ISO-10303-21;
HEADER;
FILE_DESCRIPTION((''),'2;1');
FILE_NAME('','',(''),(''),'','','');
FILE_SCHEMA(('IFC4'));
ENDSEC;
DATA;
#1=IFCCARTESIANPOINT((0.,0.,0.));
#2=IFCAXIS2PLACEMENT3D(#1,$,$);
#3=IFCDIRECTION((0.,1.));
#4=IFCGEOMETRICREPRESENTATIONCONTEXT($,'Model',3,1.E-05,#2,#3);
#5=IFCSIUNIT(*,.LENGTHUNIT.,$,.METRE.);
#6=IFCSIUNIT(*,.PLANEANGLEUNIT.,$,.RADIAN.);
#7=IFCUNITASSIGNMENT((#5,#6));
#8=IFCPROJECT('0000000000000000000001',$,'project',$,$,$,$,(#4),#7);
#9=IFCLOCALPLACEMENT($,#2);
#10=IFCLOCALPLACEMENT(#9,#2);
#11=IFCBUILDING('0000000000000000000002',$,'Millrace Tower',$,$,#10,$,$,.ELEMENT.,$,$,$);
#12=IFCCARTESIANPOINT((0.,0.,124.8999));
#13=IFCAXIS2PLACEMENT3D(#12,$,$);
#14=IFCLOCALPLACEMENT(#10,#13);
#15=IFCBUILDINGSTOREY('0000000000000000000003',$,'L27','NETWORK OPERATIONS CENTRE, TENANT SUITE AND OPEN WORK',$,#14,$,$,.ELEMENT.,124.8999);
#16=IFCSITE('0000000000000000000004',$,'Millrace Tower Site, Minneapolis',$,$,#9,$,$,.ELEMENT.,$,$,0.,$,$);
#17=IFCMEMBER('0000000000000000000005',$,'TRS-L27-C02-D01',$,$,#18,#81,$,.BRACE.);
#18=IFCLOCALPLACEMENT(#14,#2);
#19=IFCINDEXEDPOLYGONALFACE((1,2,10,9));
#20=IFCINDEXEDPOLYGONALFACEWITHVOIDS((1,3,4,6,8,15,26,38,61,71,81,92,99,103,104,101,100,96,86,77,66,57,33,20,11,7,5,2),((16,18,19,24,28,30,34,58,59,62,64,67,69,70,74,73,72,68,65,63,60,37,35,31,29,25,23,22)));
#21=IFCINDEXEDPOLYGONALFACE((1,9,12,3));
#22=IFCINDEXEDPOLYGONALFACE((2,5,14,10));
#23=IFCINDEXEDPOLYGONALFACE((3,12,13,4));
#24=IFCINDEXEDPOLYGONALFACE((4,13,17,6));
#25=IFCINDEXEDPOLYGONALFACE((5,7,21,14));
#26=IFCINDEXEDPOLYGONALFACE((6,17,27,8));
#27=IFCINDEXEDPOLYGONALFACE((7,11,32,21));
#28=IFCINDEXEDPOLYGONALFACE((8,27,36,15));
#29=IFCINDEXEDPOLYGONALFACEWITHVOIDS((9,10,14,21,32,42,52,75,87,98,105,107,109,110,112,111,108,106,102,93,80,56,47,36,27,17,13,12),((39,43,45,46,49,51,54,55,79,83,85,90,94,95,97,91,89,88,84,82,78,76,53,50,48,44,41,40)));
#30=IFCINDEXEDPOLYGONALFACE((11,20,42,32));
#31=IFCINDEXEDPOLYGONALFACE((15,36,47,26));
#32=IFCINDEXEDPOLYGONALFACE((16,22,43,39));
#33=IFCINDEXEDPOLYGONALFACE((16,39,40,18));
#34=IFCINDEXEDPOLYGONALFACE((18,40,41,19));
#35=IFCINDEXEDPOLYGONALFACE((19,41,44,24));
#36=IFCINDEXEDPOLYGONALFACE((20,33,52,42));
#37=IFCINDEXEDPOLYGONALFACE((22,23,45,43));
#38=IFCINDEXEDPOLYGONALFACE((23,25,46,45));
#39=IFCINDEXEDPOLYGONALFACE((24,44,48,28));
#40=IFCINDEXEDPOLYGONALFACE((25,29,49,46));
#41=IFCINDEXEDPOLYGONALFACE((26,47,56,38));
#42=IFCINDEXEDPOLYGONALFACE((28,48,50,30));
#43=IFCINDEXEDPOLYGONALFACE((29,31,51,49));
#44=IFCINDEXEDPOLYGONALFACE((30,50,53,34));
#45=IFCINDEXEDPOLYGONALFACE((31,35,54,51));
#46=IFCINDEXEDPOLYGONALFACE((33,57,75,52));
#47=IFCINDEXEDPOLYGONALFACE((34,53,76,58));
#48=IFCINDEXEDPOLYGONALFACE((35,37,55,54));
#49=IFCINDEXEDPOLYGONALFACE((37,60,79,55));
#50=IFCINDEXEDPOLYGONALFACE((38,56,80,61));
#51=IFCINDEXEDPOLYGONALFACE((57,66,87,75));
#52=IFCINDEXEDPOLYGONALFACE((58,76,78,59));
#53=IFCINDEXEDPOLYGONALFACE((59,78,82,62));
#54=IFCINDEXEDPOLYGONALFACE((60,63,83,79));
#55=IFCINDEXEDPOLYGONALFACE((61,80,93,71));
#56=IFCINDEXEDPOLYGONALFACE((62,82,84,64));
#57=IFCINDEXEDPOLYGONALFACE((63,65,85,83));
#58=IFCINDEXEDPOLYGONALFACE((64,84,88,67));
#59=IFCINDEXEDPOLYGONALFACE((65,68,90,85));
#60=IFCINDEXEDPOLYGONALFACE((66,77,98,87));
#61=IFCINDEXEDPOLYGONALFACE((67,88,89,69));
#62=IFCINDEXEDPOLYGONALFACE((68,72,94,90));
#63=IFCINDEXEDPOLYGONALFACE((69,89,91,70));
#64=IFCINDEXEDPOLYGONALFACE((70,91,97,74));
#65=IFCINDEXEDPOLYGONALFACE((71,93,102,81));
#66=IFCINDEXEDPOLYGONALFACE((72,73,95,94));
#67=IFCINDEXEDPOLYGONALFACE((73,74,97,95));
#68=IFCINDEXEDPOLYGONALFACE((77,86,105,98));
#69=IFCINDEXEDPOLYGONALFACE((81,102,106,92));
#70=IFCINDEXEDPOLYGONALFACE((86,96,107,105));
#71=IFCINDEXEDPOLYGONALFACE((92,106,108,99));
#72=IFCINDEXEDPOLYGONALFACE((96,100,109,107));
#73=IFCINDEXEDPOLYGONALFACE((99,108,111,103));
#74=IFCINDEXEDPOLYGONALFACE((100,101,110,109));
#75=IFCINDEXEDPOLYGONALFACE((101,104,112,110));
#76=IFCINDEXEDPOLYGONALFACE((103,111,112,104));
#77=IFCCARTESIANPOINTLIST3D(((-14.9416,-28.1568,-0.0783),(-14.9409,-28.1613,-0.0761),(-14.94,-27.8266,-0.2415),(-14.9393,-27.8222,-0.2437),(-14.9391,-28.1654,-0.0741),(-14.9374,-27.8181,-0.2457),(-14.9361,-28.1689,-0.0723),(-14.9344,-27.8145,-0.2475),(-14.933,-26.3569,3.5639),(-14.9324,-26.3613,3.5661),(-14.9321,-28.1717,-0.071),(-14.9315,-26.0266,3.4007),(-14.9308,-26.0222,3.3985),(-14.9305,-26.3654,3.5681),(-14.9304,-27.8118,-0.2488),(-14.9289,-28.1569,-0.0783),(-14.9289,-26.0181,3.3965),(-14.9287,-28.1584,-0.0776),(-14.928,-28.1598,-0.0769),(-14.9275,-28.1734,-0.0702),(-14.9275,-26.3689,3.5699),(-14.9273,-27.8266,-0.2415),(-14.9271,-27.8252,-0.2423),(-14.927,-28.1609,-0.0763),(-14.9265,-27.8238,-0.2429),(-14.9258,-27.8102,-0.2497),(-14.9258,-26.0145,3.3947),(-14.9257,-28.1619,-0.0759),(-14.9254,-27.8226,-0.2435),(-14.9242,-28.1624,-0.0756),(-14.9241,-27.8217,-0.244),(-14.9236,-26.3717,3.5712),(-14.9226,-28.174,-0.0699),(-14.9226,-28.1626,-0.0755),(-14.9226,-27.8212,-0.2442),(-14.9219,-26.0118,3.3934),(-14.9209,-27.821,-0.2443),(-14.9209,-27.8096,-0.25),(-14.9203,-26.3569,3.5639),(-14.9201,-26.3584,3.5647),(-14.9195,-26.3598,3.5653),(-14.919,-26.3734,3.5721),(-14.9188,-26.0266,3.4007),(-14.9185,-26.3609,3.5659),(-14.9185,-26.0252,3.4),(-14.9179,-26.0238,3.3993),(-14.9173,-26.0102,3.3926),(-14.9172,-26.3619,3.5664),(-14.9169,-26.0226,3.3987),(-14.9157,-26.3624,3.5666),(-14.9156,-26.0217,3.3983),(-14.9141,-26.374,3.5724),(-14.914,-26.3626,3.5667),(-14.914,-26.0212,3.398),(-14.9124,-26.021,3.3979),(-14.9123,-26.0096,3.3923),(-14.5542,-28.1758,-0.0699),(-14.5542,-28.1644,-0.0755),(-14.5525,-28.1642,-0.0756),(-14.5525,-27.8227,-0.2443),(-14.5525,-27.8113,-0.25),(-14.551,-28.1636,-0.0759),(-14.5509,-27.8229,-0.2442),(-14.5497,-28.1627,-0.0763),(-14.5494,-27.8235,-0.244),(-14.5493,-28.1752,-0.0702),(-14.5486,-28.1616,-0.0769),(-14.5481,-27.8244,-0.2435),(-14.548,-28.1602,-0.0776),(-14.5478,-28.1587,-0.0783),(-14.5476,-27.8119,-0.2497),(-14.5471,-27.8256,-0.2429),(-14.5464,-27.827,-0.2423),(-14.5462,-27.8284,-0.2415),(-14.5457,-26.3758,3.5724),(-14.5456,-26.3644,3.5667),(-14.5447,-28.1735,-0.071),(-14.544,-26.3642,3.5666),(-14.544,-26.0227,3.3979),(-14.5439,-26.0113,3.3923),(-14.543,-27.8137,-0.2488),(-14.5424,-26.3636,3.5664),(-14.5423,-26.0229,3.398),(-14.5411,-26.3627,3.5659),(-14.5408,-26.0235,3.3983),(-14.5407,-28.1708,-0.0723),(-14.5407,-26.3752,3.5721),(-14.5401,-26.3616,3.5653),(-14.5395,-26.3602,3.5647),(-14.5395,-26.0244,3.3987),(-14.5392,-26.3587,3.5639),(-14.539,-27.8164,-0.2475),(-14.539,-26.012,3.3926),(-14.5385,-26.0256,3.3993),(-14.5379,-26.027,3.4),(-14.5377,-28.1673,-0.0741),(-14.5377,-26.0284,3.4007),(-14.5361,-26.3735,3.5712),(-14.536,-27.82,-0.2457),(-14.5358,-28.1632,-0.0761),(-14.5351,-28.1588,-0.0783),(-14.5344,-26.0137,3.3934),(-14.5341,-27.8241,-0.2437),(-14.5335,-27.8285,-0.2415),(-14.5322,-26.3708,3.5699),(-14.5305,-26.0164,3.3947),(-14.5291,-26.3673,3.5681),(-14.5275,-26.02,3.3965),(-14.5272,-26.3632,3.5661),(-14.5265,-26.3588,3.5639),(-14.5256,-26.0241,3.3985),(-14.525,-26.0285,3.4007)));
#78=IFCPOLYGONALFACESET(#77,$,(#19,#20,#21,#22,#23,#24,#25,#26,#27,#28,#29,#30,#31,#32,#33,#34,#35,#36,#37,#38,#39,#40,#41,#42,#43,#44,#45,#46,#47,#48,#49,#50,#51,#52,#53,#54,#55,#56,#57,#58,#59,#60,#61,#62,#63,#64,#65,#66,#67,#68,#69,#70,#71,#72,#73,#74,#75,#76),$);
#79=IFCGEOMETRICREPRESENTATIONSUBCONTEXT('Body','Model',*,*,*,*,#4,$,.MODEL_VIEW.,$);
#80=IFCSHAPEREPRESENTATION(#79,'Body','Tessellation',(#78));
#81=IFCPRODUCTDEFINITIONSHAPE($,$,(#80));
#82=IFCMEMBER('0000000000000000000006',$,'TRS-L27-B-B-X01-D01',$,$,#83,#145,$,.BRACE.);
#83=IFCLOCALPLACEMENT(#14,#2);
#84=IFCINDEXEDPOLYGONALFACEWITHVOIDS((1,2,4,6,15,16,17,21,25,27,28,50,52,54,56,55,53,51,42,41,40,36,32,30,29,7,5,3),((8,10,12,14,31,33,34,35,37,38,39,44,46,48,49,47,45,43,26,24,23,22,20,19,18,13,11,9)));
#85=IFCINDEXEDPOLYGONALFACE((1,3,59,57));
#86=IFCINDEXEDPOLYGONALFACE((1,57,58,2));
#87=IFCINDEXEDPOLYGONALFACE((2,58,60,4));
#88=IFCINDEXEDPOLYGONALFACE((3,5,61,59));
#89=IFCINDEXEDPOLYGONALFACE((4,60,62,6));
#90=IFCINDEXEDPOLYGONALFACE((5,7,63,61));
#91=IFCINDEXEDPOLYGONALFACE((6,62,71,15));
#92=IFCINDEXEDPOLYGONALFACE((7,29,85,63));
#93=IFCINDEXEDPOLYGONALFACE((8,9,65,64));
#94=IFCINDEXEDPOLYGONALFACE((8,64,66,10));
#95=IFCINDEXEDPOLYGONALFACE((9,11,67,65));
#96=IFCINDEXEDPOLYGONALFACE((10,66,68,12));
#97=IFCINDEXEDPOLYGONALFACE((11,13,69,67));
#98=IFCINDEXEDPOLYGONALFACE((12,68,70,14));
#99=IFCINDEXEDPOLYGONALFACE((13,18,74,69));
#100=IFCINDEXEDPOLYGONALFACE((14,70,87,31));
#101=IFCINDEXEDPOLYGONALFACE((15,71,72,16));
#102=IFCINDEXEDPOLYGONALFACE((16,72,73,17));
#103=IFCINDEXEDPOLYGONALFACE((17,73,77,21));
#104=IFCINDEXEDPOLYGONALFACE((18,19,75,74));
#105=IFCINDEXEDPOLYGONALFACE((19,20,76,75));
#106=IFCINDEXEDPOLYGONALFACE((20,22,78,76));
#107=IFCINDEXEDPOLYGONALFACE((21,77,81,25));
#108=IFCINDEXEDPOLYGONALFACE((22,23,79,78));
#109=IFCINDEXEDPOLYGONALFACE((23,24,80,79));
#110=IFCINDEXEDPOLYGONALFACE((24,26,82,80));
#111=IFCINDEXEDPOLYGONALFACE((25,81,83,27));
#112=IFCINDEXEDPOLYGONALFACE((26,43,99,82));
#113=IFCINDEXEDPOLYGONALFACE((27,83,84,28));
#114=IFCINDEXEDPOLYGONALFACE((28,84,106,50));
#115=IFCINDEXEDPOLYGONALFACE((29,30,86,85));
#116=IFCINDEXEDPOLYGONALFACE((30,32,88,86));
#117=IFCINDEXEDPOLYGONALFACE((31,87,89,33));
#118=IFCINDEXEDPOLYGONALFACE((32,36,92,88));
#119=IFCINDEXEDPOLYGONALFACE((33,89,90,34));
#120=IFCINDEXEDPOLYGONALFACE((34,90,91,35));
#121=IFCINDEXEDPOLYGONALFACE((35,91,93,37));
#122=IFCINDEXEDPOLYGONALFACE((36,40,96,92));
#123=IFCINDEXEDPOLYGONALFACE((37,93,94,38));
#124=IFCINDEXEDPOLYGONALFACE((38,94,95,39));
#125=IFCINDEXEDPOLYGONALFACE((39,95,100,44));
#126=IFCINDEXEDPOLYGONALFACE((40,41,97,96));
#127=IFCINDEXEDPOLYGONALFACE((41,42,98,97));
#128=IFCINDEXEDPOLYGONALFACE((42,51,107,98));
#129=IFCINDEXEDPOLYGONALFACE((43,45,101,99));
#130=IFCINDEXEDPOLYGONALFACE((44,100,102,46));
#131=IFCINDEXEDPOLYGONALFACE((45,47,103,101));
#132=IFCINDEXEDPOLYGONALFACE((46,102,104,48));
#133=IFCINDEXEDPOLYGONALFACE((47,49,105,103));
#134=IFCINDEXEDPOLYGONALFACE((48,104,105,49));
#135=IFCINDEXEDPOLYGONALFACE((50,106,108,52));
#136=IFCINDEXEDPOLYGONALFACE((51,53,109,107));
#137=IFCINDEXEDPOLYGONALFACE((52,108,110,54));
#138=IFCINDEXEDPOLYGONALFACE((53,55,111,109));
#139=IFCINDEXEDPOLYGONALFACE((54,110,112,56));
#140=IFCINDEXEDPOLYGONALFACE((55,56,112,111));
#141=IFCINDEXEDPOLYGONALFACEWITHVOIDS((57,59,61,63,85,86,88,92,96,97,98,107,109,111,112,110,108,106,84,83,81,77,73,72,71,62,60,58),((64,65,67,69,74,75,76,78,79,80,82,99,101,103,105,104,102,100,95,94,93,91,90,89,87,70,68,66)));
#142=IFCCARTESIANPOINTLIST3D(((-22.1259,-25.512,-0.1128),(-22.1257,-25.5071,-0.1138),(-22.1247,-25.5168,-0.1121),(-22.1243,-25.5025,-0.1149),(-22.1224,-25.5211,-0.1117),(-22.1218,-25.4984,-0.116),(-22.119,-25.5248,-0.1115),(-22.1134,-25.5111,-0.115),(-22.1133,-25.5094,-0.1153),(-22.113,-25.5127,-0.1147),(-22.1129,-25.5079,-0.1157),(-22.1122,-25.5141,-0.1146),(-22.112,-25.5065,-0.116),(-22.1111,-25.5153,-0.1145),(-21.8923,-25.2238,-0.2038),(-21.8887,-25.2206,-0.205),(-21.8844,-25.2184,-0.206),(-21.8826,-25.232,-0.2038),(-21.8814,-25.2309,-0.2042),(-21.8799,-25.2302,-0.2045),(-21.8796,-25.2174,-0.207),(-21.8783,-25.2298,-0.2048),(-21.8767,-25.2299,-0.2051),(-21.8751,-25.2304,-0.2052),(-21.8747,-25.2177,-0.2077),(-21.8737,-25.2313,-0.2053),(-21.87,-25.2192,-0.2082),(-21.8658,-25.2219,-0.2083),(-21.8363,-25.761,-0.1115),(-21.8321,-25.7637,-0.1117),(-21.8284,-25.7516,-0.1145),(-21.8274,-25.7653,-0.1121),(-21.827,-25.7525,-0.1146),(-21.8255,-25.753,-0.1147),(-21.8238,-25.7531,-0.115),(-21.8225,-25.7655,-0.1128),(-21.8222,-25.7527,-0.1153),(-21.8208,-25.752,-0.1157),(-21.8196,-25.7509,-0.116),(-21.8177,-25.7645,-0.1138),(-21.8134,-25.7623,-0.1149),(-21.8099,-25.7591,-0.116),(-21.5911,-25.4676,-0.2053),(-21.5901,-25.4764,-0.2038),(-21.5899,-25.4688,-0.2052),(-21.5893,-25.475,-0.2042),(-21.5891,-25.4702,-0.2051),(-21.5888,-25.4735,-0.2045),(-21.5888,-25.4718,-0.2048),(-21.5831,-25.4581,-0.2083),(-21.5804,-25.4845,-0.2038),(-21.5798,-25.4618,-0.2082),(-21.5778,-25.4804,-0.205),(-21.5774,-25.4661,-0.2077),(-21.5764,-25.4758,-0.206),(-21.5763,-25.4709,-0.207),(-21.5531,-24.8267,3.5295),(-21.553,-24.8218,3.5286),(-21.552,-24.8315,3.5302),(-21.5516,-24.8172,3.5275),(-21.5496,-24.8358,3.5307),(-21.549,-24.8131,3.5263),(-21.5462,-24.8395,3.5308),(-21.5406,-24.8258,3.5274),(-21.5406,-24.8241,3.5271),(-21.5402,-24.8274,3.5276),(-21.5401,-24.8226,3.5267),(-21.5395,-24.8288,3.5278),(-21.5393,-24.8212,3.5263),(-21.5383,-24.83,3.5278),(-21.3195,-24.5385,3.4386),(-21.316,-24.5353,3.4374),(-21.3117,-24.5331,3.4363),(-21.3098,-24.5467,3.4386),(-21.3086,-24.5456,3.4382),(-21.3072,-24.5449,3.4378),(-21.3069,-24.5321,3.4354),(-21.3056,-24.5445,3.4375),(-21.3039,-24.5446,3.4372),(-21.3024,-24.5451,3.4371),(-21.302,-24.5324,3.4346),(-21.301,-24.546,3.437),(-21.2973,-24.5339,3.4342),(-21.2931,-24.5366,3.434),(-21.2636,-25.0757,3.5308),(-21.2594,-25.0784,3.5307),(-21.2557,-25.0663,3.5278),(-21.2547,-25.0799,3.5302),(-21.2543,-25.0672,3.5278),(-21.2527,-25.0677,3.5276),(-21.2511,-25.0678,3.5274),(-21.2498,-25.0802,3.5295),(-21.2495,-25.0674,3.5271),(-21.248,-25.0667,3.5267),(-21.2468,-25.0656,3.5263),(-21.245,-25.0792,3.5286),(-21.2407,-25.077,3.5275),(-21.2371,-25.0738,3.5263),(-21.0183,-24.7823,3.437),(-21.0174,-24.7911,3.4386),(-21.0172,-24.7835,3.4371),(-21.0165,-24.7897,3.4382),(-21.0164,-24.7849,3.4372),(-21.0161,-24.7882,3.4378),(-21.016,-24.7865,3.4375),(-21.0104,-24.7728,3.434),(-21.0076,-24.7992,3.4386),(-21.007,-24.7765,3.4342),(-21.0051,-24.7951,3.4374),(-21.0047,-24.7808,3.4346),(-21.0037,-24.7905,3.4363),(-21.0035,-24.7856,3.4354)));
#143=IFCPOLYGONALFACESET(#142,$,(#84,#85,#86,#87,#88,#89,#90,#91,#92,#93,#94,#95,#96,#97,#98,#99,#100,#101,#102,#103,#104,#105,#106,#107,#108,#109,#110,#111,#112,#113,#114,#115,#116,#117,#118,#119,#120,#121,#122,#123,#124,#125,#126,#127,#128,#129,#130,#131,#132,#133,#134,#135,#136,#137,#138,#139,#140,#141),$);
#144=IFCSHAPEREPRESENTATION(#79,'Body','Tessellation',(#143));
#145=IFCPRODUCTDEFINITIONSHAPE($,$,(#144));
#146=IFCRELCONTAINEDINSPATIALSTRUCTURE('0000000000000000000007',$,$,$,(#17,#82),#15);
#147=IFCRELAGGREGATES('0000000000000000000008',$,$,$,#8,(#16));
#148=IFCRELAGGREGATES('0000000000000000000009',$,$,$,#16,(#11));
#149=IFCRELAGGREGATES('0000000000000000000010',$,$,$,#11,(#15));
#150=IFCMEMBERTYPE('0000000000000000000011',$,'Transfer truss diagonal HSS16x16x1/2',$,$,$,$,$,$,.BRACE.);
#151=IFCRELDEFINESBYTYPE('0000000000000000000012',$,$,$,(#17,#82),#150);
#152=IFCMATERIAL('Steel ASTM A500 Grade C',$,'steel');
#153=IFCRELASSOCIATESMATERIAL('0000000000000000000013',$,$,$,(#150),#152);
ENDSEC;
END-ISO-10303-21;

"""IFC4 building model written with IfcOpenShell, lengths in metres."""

from ifc_helpers import new_model, si_unit, direction, frame, origin, origin_2d, place, context, subcontext, project, spatial, hollow_rectangle, extrude, material, material_profile, profile_set, type_object, element, save


model = new_model("IFC4")

# Units and contexts
model_context = context("Model", 3, precision=1e-05, world=origin(), true_north=direction((0.0, 1.0)))
body_context = subcontext(model_context, "Body", "Model", "MODEL_VIEW")
ifc_project = project(units=[si_unit("LENGTHUNIT", "METRE"), si_unit("PLANEANGLEUNIT", "RADIAN")], contexts=[model_context])

# Site, building, storey
site_placement = place(None, origin())
site = spatial("IfcSite", under=ifc_project, at=site_placement, Name="Millrace Tower Site, Minneapolis", CompositionType="ELEMENT", RefElevation=0.0)
building_placement = place(site_placement, origin())
building = spatial("IfcBuilding", under=site, at=building_placement, Name="Millrace Tower", CompositionType="ELEMENT")
storey_placement = place(building_placement, frame((0.0, 0.0, 124.8999)))
storey = spatial("IfcBuildingStorey", under=building, at=storey_placement, Name="L27", Description="NETWORK OPERATIONS CENTRE, TENANT SUITE AND OPEN WORK", CompositionType="ELEMENT", Elevation=124.8999)

# Members
ifc_material_1 = material(Name="Steel ASTM A500 Grade C", Category="steel")
ifc_material_profile_1 = material_profile(ifc_material_1, hollow_rectangle(XDim=0.4065, YDim=0.4065, WallThickness=0.0127, InnerFilletRadius=0.0063, OuterFilletRadius=0.019, at=origin_2d()))
ifc_profile_set_1 = profile_set([ifc_material_profile_1], Name="Steel ASTM A500 Grade C")
member_type_1 = type_object("IfcMemberType", Name="Transfer truss diagonal HSS16x16x1/2", PredefinedType="BRACE", material=ifc_profile_set_1)
member_1_placement = place(storey_placement, frame((-14.7375, -27.9927, -0.1599), z_axis=(0.002103, 0.443049, 0.896495), x_axis=(-0.999989, 0.004747, 0.0)))
element("IfcMember", 1, at=member_1_placement, inside=storey, type_object=member_type_1, Name="TRS-L27-C02-D01", PredefinedType="BRACE", context=body_context, shape_type="SweptSolid", body=[
    extrude(hollow_rectangle(XDim=0.4065, YDim=0.4065, WallThickness=0.0127, InnerFilletRadius=0.0063, OuterFilletRadius=0.019, at=origin_2d()), origin(), (0.0, 0.0, 1.0), 4.0627),
])
member_2_placement = place(storey_placement, frame((-21.8511, -25.4915, -0.1599), z_axis=(0.152725, 0.182736, 0.971227), x_axis=(-0.767302, 0.641286, 0.0)))
element("IfcMember", 2, at=member_2_placement, inside=storey, type_object=member_type_1, Name="TRS-L27-B-B-X01-D01", PredefinedType="BRACE", context=body_context, shape_type="SweptSolid", body=[
    extrude(hollow_rectangle(XDim=0.4065, YDim=0.4065, WallThickness=0.0127, InnerFilletRadius=0.0063, OuterFilletRadius=0.019, at=origin_2d()), origin(), (0.0, 0.0, 1.0), 3.7502),
])

save(model, "model.ifc")
